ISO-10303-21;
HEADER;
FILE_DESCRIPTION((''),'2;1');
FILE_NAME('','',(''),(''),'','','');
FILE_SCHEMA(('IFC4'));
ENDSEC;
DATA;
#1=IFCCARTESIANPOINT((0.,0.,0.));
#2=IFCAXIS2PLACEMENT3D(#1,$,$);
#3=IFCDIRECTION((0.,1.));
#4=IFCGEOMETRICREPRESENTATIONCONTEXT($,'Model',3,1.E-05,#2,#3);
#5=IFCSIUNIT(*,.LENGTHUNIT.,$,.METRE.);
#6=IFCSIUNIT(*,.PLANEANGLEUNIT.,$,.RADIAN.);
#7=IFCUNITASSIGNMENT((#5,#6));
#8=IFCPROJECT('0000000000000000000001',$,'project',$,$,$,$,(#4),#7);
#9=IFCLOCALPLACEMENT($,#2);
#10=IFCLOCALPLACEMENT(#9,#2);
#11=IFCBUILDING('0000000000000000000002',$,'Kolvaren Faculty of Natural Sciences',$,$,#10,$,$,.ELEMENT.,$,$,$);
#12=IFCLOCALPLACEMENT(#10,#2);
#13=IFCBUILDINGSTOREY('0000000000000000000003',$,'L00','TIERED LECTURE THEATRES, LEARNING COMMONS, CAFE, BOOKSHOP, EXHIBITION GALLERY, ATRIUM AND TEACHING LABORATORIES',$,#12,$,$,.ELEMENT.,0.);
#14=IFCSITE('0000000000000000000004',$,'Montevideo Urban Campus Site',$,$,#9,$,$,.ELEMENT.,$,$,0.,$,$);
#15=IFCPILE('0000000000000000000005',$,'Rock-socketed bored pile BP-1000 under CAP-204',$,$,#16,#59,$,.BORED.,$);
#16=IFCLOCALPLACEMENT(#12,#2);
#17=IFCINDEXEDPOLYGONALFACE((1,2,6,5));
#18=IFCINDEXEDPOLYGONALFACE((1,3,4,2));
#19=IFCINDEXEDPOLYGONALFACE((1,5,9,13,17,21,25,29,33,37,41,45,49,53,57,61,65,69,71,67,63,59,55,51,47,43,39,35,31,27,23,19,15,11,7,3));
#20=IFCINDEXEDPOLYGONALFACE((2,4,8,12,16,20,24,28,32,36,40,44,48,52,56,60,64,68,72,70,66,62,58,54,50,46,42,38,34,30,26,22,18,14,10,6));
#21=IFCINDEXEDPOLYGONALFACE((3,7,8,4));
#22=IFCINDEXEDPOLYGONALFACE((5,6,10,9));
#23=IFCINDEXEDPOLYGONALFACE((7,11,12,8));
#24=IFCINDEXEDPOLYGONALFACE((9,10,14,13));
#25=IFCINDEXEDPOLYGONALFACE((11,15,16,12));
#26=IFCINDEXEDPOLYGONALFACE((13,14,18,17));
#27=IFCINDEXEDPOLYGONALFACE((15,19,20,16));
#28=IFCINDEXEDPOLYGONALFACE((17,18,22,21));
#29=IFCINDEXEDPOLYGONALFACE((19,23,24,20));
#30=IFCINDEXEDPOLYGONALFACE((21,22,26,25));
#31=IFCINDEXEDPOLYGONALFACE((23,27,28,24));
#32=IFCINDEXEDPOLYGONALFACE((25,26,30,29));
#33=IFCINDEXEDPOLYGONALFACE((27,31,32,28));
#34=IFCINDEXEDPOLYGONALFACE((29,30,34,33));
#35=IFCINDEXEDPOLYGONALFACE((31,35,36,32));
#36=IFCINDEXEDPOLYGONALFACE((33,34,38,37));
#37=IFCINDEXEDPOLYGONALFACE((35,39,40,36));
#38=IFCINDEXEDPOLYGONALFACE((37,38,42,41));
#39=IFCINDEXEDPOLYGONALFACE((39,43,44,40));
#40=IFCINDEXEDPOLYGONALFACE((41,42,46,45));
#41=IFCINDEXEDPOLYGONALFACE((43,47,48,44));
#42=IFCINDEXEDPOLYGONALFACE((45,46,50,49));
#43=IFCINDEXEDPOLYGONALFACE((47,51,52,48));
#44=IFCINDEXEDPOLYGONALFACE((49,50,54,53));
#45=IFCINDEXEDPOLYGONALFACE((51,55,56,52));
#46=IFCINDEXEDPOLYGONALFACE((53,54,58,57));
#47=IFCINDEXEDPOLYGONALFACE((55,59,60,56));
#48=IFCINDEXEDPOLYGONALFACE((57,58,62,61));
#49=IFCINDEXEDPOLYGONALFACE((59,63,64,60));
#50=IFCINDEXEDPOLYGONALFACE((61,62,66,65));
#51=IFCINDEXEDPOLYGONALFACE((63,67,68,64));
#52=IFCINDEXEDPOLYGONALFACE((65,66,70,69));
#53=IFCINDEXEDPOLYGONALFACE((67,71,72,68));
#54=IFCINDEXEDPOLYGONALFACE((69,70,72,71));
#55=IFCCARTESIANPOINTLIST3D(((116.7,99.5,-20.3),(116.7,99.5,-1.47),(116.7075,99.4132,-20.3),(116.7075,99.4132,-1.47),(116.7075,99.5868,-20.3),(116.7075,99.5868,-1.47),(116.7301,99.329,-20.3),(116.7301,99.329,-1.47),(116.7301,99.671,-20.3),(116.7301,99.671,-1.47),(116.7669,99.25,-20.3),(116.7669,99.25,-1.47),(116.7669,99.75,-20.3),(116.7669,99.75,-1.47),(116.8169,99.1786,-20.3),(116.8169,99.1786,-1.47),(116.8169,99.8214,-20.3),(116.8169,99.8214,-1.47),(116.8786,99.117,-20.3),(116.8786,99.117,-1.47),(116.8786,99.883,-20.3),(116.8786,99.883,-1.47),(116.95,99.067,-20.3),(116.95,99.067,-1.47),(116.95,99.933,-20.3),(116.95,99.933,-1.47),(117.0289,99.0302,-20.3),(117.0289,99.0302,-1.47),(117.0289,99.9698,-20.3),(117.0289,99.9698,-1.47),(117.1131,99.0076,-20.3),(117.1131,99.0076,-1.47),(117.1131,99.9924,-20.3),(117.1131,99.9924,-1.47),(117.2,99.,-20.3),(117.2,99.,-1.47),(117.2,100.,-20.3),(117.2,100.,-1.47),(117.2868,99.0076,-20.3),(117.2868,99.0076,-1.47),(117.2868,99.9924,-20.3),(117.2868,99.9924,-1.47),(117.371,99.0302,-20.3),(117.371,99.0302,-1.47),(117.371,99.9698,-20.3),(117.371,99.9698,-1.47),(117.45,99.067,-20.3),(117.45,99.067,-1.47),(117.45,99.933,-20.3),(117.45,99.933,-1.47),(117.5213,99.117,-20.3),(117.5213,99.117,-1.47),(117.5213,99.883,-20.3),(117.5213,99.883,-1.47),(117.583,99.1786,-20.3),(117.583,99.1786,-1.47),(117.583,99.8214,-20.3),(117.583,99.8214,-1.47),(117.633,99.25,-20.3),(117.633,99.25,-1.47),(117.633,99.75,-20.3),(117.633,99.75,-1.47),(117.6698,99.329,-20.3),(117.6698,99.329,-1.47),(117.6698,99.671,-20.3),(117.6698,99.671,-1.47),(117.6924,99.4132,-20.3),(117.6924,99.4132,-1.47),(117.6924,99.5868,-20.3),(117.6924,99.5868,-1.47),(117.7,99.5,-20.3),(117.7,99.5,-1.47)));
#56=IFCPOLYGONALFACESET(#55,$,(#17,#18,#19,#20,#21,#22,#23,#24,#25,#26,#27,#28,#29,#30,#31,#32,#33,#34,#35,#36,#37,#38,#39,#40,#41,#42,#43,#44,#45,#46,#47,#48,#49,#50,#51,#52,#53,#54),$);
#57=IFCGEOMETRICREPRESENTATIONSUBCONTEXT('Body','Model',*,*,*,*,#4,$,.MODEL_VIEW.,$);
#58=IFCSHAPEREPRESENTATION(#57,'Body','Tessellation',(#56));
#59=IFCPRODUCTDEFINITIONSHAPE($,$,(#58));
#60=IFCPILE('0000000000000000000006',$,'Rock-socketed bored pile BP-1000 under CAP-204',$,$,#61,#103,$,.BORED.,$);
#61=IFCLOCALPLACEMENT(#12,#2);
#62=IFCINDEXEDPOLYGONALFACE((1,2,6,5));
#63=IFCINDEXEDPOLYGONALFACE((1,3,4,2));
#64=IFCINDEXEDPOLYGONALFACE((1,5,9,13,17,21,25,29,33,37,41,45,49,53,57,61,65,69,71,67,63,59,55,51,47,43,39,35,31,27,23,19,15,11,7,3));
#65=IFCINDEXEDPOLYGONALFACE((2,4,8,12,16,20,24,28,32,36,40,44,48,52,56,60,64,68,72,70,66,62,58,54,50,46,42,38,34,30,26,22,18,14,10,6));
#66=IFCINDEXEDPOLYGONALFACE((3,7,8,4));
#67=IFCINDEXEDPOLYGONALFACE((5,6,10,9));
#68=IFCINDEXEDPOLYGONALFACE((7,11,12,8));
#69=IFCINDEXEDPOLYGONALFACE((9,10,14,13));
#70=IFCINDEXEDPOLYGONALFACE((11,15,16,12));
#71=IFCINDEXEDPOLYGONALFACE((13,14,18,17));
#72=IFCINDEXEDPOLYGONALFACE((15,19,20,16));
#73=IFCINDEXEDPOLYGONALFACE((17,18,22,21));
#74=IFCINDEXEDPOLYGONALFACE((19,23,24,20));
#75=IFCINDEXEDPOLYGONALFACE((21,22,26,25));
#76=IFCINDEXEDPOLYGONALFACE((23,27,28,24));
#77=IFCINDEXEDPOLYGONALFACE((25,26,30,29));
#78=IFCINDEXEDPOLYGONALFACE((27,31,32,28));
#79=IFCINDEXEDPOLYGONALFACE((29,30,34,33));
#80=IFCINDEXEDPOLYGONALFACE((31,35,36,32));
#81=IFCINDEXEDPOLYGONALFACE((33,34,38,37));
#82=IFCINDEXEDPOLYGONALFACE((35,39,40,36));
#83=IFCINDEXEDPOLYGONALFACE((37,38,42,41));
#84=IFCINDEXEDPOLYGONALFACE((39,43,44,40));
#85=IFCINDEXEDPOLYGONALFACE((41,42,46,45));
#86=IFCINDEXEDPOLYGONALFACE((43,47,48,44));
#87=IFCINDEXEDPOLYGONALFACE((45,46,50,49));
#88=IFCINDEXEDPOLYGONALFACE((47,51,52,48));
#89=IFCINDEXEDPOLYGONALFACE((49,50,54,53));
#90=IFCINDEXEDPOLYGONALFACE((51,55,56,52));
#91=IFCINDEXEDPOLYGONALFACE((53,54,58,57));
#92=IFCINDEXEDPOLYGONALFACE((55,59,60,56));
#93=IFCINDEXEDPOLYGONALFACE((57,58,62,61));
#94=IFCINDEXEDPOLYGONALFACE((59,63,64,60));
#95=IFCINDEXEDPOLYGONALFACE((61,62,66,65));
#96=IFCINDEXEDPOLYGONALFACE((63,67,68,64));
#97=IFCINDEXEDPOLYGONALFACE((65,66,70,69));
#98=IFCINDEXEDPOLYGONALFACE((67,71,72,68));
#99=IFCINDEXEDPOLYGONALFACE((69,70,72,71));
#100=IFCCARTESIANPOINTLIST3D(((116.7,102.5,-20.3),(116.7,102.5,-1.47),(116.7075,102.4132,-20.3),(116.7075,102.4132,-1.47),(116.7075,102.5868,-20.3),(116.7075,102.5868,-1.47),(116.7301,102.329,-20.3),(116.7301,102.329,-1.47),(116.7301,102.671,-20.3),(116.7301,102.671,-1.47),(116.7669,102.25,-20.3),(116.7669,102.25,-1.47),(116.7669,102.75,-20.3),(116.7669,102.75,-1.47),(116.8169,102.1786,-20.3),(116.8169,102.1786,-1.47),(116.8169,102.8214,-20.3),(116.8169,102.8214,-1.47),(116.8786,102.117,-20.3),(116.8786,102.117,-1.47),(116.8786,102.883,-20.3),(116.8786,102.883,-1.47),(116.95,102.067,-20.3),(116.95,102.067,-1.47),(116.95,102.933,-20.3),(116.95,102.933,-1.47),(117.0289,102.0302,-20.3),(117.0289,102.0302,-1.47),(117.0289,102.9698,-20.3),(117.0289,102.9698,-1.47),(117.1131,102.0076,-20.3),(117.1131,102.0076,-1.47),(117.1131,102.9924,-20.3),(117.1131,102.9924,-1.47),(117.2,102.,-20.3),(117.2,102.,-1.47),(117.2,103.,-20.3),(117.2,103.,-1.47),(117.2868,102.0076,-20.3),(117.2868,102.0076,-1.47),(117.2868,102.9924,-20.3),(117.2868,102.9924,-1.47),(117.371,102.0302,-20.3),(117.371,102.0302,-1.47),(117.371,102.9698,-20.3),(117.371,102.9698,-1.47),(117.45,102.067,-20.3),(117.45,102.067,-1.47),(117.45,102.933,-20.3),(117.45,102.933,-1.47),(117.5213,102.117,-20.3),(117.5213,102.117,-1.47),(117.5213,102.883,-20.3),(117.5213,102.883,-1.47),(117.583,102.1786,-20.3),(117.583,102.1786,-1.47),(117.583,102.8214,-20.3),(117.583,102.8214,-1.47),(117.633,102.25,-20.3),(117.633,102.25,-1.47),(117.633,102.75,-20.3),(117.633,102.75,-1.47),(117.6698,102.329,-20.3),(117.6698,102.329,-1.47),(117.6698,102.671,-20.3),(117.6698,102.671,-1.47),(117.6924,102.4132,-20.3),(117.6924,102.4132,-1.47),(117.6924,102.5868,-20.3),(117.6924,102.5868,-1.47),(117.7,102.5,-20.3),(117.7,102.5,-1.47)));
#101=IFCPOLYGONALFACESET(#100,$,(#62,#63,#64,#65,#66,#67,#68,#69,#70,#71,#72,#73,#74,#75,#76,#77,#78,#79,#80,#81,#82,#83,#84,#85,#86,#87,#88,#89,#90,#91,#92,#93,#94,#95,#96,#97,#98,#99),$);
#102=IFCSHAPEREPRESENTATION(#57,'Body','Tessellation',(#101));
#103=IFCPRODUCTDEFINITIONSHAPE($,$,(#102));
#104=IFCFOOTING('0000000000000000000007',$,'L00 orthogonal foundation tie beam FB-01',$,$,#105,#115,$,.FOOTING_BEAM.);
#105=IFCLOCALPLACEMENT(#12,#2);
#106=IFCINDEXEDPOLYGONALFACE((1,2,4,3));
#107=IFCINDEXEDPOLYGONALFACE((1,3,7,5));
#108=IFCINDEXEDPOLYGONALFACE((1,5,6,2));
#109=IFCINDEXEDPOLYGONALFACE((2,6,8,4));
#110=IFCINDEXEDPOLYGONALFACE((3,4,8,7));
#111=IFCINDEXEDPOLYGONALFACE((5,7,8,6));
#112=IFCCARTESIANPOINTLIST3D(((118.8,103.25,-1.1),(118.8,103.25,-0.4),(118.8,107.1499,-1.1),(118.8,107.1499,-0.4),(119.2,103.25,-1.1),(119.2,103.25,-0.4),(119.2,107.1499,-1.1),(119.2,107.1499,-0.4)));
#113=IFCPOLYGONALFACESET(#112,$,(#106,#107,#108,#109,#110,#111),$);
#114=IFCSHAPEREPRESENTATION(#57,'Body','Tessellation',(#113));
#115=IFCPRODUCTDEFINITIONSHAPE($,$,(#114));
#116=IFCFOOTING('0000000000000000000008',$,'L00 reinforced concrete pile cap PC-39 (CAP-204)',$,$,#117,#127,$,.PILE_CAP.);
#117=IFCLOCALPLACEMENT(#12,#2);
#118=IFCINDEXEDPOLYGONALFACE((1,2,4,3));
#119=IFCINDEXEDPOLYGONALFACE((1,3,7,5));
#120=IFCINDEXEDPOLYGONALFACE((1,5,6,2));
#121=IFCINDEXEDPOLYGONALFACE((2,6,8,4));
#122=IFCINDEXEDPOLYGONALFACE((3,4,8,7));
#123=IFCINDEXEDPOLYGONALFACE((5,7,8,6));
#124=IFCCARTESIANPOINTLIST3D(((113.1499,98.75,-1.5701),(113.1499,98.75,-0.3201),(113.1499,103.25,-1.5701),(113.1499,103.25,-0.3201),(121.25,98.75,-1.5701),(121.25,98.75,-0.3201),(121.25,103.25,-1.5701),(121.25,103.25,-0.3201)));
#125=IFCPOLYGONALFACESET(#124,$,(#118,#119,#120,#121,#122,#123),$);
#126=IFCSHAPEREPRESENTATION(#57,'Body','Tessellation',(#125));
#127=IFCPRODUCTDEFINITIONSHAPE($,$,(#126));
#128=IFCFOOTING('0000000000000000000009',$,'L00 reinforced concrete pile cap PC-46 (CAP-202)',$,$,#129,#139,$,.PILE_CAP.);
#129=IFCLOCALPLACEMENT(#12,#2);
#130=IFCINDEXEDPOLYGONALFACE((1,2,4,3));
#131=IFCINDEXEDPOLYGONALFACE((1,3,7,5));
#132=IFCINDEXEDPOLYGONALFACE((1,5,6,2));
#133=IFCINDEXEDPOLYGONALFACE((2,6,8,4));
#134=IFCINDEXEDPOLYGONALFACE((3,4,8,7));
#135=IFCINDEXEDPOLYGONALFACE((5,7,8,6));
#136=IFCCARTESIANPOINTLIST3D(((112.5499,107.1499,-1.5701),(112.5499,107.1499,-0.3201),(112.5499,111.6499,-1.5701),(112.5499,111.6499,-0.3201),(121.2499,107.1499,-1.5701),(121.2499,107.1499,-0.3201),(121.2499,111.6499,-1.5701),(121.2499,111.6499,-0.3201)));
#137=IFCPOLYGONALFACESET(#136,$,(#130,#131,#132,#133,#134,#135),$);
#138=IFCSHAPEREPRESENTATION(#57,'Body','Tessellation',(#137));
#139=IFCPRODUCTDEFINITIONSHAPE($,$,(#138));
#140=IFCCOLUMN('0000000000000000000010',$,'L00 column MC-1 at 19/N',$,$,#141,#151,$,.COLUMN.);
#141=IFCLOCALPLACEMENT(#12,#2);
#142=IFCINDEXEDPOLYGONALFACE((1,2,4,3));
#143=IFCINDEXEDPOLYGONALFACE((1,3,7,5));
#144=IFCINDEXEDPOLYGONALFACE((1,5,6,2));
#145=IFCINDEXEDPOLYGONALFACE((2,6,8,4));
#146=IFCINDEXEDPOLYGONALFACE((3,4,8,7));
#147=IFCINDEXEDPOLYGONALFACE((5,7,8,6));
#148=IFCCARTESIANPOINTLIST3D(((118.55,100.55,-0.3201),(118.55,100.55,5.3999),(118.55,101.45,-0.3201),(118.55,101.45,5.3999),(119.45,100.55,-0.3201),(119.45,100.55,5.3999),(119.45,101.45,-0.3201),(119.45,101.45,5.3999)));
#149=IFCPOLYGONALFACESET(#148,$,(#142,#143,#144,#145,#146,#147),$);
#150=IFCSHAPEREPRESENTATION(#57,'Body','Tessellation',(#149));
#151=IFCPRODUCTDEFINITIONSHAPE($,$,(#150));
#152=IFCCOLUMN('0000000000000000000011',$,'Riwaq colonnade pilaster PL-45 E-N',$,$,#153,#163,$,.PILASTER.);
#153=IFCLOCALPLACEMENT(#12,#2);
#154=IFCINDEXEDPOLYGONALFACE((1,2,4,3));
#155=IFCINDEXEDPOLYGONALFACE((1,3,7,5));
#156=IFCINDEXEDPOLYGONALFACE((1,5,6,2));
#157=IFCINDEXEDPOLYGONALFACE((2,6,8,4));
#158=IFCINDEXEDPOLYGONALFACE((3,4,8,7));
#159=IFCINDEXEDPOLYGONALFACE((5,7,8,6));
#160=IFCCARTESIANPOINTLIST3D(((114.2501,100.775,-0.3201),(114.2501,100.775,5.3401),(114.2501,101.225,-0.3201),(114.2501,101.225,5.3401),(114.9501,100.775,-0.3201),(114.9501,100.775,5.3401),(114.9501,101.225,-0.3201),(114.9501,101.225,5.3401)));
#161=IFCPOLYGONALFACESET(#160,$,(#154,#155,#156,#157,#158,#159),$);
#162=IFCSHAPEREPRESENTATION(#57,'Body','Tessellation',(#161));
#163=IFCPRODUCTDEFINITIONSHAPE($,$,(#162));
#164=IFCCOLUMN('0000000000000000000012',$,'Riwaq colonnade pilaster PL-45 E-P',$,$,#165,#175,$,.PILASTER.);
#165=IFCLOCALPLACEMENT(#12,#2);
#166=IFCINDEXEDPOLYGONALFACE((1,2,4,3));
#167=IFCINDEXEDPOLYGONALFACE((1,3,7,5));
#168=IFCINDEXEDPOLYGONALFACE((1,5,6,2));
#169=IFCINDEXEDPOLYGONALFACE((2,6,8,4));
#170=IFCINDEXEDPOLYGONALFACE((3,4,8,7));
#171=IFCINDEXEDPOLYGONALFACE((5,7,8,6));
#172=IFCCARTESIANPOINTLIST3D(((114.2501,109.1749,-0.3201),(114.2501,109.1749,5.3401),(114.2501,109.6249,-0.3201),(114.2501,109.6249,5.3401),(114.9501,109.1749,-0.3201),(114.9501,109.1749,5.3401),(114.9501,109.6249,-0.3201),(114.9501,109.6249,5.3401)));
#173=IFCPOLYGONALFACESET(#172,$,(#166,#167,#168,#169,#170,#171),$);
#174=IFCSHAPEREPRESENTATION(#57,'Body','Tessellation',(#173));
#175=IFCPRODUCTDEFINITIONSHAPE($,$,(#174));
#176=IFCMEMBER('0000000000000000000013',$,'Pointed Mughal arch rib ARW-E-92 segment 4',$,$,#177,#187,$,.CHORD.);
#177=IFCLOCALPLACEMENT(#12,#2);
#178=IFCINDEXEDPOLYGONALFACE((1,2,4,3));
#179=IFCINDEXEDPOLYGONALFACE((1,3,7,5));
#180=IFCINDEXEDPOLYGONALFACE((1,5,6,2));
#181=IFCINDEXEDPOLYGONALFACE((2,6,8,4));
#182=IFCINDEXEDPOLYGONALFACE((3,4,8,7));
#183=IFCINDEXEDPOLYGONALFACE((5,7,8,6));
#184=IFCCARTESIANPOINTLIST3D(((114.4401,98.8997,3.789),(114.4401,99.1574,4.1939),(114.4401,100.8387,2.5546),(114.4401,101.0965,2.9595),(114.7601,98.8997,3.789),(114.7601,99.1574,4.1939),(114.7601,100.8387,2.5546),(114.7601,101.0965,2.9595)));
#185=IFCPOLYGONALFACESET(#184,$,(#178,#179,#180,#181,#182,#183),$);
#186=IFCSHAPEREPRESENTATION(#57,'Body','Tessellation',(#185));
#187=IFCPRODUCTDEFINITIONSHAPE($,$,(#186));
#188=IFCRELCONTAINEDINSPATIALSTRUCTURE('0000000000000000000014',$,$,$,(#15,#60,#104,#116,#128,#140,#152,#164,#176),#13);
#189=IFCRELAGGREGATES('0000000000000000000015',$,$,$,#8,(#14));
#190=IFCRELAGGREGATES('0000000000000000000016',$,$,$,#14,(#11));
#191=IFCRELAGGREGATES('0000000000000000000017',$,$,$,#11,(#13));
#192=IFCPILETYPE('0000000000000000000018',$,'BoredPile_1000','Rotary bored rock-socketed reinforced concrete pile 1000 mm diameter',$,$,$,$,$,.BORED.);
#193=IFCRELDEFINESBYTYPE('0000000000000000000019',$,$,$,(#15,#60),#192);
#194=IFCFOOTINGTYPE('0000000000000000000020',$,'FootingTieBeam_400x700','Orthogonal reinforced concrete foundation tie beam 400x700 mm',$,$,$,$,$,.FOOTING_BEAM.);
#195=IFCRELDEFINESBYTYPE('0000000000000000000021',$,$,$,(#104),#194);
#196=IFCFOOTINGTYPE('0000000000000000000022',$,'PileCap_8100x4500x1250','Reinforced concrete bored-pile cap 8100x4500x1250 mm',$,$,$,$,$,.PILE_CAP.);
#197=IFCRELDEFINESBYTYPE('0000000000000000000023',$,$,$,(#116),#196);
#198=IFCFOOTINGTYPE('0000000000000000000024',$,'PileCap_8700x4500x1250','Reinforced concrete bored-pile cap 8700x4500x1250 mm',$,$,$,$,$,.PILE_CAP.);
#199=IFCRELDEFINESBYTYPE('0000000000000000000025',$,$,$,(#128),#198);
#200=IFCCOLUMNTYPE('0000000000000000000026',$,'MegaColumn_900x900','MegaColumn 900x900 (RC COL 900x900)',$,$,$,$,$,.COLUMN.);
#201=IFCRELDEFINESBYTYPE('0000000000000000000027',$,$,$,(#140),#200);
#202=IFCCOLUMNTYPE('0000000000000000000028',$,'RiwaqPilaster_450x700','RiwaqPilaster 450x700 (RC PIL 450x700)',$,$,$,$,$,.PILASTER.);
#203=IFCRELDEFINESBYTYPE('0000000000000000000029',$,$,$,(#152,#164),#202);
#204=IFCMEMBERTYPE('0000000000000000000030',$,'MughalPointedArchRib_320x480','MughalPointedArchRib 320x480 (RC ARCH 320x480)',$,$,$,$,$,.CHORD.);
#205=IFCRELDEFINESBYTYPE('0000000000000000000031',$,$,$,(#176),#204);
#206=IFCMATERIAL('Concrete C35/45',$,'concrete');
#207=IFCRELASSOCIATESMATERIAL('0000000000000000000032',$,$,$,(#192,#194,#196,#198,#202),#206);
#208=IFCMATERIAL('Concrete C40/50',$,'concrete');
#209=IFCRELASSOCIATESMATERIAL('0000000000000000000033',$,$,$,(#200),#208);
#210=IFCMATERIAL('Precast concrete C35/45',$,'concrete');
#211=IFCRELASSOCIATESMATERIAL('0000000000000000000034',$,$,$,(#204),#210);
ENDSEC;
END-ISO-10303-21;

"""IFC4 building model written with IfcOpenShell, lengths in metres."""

from ifc_helpers import new_model, si_unit, direction, frame, origin, origin_2d, place, context, subcontext, project, spatial, rectangle, circle, extrude, material, material_profile, profile_set, type_object, element, save


model = new_model("IFC4")

# Units and contexts
model_context = context("Model", 3, precision=1e-05, world=origin(), true_north=direction((0.0, 1.0)))
body_context = subcontext(model_context, "Body", "Model", "MODEL_VIEW")
ifc_project = project(units=[si_unit("LENGTHUNIT", "METRE"), si_unit("PLANEANGLEUNIT", "RADIAN")], contexts=[model_context])

# Site, building, storey
site_placement = place(None, origin())
site = spatial("IfcSite", under=ifc_project, at=site_placement, Name="Montevideo Urban Campus Site", CompositionType="ELEMENT", RefElevation=0.0)
building_placement = place(site_placement, origin())
building = spatial("IfcBuilding", under=site, at=building_placement, Name="Kolvaren Faculty of Natural Sciences", CompositionType="ELEMENT")
storey_placement = place(building_placement, origin())
storey = spatial("IfcBuildingStorey", under=building, at=storey_placement, Name="L00", Description="TIERED LECTURE THEATRES, LEARNING COMMONS, CAFE, BOOKSHOP, EXHIBITION GALLERY, ATRIUM AND TEACHING LABORATORIES", CompositionType="ELEMENT", Elevation=0.0)

# Piles
ifc_material_1 = material(Name="Concrete C35/45", Category="concrete")
ifc_material_profile_1 = material_profile(ifc_material_1, circle(Radius=0.5, at=origin_2d()), Name="PILE D1000")
ifc_profile_set_1 = profile_set([ifc_material_profile_1], Name="Concrete C35/45")
pile_type = type_object("IfcPileType", Name="BoredPile_1000", Description="Rotary bored rock-socketed reinforced concrete pile 1000 mm diameter", PredefinedType="BORED", material=ifc_profile_set_1)
for number, where, z_axis, x_axis, name in (
    (1, (117.2, 99.5, -1.47), (0.0, 0.0, -1.0), (1.0, 0.0, 0.0), "Rock-socketed bored pile BP-1000 under CAP-204"),
    (2, (117.2, 102.5, -1.47), (0.0, 0.0, -1.0), (1.0, 0.0, 0.0), "Rock-socketed bored pile BP-1000 under CAP-204"),
):
    element("IfcPile", number, at=place(storey_placement, frame(where, z_axis=z_axis, x_axis=x_axis)), inside=storey, type_object=pile_type, Name=name, PredefinedType="BORED", context=body_context, shape_type="SweptSolid", body=[
        extrude(circle(Radius=0.5, at=origin_2d()), origin(), (0.0, 0.0, 1.0), 18.8301),
    ])

# Footings
ifc_material_profile_2 = material_profile(ifc_material_1, rectangle(XDim=0.3999, YDim=0.7, at=origin_2d()), Name="RC FB 400x700")
ifc_profile_set_2 = profile_set([ifc_material_profile_2], Name="Concrete C35/45")
footing_type_1 = type_object("IfcFootingType", Name="FootingTieBeam_400x700", Description="Orthogonal reinforced concrete foundation tie beam 400x700 mm", PredefinedType="FOOTING_BEAM", material=ifc_profile_set_2)
footing_1_placement = place(storey_placement, frame((119.0, 103.25, -0.75), z_axis=(0.0, 1.0, 0.0), x_axis=(-1.0, 0.0, 0.0)))
element("IfcFooting", 3, at=footing_1_placement, inside=storey, type_object=footing_type_1, Name="L00 orthogonal foundation tie beam FB-01", PredefinedType="FOOTING_BEAM", context=body_context, shape_type="SweptSolid", body=[
    extrude(rectangle(XDim=0.3999, YDim=0.7, at=origin_2d()), origin(), (0.0, 0.0, 1.0), 3.8999),
])
footing_type_2 = type_object("IfcFootingType", Name="PileCap_8100x4500x1250", Description="Reinforced concrete bored-pile cap 8100x4500x1250 mm", PredefinedType="PILE_CAP", material=ifc_material_1)
footing_2_placement = place(storey_placement, frame((117.2, 101.0, -1.5701), z_axis=(0.0, 0.0, 1.0), x_axis=(1.0, 0.0, 0.0)))
element("IfcFooting", 4, at=footing_2_placement, inside=storey, type_object=footing_type_2, Name="L00 reinforced concrete pile cap PC-39 (CAP-204)", PredefinedType="PILE_CAP", context=body_context, shape_type="SweptSolid", body=[
    extrude(rectangle(XDim=8.1001, YDim=4.5, at=origin_2d()), origin(), (0.0, 0.0, 1.0), 1.25),
])
footing_type_3 = type_object("IfcFootingType", Name="PileCap_8700x4500x1250", Description="Reinforced concrete bored-pile cap 8700x4500x1250 mm", PredefinedType="PILE_CAP", material=ifc_material_1)
footing_3_placement = place(storey_placement, frame((116.8999, 109.3999, -1.5701), z_axis=(0.0, 0.0, 1.0), x_axis=(1.0, 0.0, 0.0)))
element("IfcFooting", 5, at=footing_3_placement, inside=storey, type_object=footing_type_3, Name="L00 reinforced concrete pile cap PC-46 (CAP-202)", PredefinedType="PILE_CAP", context=body_context, shape_type="SweptSolid", body=[
    extrude(rectangle(XDim=8.7, YDim=4.5, at=origin_2d()), origin(), (0.0, 0.0, 1.0), 1.25),
])

# Columns
ifc_material_2 = material(Name="Concrete C40/50", Category="concrete")
ifc_material_profile_3 = material_profile(ifc_material_2, rectangle(XDim=0.8999, YDim=0.8999, at=origin_2d()), Name="RC COL 900x900")
ifc_profile_set_3 = profile_set([ifc_material_profile_3], Name="Concrete C40/50")
column_type_1 = type_object("IfcColumnType", Name="MegaColumn_900x900", Description="MegaColumn 900x900 (RC COL 900x900)", PredefinedType="COLUMN", material=ifc_profile_set_3)
column_placement = place(storey_placement, frame((119.0, 101.0, -0.3201), z_axis=(0.0, 0.0, 1.0), x_axis=(1.0, 0.0, 0.0)))
element("IfcColumn", 6, at=column_placement, inside=storey, type_object=column_type_1, Name="L00 column MC-1 at 19/N", PredefinedType="COLUMN", context=body_context, shape_type="SweptSolid", body=[
    extrude(rectangle(XDim=0.8999, YDim=0.8999, at=origin_2d()), origin(), (0.0, 0.0, 1.0), 5.72),
])
ifc_material_profile_4 = material_profile(ifc_material_1, rectangle(XDim=0.45, YDim=0.7, at=origin_2d()), Name="RC PIL 450x700")
ifc_profile_set_4 = profile_set([ifc_material_profile_4], Name="Concrete C35/45")
column_type_2 = type_object("IfcColumnType", Name="RiwaqPilaster_450x700", Description="RiwaqPilaster 450x700 (RC PIL 450x700)", PredefinedType="PILASTER", material=ifc_profile_set_4)
for number, where, z_axis, x_axis, name in (
    (7, (114.6001, 101.0, -0.3201), (0.0, 0.0, 1.0), (0.0, 1.0, 0.0), "Riwaq colonnade pilaster PL-45 E-N"),
    (8, (114.6001, 109.3999, -0.3201), (0.0, 0.0, 1.0), (0.0, 1.0, 0.0), "Riwaq colonnade pilaster PL-45 E-P"),
):
    element("IfcColumn", number, at=place(storey_placement, frame(where, z_axis=z_axis, x_axis=x_axis)), inside=storey, type_object=column_type_2, Name=name, PredefinedType="PILASTER", context=body_context, shape_type="SweptSolid", body=[
        extrude(rectangle(XDim=0.45, YDim=0.7, at=origin_2d()), origin(), (0.0, 0.0, 1.0), 5.6602),
    ])

# Member
ifc_material_3 = material(Name="Precast concrete C35/45", Category="concrete")
ifc_material_profile_5 = material_profile(ifc_material_3, rectangle(XDim=0.3201, YDim=0.48, at=origin_2d()), Name="RC ARCH 320x480")
ifc_profile_set_5 = profile_set([ifc_material_profile_5], Name="Precast concrete C35/45")
member_type = type_object("IfcMemberType", Name="MughalPointedArchRib_320x480", Description="MughalPointedArchRib 320x480 (RC ARCH 320x480)", PredefinedType="CHORD", material=ifc_profile_set_5)
for number, where, z_axis, x_axis, name in (
    (9, (114.6001, 99.0286, 3.9915), (0.0, 0.843565, -0.537027), (-1.0, 0.0, 0.0), "Pointed Mughal arch rib ARW-E-92 segment 4"),
):
    element("IfcMember", number, at=place(storey_placement, frame(where, z_axis=z_axis, x_axis=x_axis)), inside=storey, type_object=member_type, Name=name, PredefinedType="CHORD", context=body_context, shape_type="SweptSolid", body=[
        extrude(rectangle(XDim=0.3201, YDim=0.48, at=origin_2d()), origin(), (0.0, 0.0, 1.0), 2.2986),
    ])

save(model, "model.ifc")
